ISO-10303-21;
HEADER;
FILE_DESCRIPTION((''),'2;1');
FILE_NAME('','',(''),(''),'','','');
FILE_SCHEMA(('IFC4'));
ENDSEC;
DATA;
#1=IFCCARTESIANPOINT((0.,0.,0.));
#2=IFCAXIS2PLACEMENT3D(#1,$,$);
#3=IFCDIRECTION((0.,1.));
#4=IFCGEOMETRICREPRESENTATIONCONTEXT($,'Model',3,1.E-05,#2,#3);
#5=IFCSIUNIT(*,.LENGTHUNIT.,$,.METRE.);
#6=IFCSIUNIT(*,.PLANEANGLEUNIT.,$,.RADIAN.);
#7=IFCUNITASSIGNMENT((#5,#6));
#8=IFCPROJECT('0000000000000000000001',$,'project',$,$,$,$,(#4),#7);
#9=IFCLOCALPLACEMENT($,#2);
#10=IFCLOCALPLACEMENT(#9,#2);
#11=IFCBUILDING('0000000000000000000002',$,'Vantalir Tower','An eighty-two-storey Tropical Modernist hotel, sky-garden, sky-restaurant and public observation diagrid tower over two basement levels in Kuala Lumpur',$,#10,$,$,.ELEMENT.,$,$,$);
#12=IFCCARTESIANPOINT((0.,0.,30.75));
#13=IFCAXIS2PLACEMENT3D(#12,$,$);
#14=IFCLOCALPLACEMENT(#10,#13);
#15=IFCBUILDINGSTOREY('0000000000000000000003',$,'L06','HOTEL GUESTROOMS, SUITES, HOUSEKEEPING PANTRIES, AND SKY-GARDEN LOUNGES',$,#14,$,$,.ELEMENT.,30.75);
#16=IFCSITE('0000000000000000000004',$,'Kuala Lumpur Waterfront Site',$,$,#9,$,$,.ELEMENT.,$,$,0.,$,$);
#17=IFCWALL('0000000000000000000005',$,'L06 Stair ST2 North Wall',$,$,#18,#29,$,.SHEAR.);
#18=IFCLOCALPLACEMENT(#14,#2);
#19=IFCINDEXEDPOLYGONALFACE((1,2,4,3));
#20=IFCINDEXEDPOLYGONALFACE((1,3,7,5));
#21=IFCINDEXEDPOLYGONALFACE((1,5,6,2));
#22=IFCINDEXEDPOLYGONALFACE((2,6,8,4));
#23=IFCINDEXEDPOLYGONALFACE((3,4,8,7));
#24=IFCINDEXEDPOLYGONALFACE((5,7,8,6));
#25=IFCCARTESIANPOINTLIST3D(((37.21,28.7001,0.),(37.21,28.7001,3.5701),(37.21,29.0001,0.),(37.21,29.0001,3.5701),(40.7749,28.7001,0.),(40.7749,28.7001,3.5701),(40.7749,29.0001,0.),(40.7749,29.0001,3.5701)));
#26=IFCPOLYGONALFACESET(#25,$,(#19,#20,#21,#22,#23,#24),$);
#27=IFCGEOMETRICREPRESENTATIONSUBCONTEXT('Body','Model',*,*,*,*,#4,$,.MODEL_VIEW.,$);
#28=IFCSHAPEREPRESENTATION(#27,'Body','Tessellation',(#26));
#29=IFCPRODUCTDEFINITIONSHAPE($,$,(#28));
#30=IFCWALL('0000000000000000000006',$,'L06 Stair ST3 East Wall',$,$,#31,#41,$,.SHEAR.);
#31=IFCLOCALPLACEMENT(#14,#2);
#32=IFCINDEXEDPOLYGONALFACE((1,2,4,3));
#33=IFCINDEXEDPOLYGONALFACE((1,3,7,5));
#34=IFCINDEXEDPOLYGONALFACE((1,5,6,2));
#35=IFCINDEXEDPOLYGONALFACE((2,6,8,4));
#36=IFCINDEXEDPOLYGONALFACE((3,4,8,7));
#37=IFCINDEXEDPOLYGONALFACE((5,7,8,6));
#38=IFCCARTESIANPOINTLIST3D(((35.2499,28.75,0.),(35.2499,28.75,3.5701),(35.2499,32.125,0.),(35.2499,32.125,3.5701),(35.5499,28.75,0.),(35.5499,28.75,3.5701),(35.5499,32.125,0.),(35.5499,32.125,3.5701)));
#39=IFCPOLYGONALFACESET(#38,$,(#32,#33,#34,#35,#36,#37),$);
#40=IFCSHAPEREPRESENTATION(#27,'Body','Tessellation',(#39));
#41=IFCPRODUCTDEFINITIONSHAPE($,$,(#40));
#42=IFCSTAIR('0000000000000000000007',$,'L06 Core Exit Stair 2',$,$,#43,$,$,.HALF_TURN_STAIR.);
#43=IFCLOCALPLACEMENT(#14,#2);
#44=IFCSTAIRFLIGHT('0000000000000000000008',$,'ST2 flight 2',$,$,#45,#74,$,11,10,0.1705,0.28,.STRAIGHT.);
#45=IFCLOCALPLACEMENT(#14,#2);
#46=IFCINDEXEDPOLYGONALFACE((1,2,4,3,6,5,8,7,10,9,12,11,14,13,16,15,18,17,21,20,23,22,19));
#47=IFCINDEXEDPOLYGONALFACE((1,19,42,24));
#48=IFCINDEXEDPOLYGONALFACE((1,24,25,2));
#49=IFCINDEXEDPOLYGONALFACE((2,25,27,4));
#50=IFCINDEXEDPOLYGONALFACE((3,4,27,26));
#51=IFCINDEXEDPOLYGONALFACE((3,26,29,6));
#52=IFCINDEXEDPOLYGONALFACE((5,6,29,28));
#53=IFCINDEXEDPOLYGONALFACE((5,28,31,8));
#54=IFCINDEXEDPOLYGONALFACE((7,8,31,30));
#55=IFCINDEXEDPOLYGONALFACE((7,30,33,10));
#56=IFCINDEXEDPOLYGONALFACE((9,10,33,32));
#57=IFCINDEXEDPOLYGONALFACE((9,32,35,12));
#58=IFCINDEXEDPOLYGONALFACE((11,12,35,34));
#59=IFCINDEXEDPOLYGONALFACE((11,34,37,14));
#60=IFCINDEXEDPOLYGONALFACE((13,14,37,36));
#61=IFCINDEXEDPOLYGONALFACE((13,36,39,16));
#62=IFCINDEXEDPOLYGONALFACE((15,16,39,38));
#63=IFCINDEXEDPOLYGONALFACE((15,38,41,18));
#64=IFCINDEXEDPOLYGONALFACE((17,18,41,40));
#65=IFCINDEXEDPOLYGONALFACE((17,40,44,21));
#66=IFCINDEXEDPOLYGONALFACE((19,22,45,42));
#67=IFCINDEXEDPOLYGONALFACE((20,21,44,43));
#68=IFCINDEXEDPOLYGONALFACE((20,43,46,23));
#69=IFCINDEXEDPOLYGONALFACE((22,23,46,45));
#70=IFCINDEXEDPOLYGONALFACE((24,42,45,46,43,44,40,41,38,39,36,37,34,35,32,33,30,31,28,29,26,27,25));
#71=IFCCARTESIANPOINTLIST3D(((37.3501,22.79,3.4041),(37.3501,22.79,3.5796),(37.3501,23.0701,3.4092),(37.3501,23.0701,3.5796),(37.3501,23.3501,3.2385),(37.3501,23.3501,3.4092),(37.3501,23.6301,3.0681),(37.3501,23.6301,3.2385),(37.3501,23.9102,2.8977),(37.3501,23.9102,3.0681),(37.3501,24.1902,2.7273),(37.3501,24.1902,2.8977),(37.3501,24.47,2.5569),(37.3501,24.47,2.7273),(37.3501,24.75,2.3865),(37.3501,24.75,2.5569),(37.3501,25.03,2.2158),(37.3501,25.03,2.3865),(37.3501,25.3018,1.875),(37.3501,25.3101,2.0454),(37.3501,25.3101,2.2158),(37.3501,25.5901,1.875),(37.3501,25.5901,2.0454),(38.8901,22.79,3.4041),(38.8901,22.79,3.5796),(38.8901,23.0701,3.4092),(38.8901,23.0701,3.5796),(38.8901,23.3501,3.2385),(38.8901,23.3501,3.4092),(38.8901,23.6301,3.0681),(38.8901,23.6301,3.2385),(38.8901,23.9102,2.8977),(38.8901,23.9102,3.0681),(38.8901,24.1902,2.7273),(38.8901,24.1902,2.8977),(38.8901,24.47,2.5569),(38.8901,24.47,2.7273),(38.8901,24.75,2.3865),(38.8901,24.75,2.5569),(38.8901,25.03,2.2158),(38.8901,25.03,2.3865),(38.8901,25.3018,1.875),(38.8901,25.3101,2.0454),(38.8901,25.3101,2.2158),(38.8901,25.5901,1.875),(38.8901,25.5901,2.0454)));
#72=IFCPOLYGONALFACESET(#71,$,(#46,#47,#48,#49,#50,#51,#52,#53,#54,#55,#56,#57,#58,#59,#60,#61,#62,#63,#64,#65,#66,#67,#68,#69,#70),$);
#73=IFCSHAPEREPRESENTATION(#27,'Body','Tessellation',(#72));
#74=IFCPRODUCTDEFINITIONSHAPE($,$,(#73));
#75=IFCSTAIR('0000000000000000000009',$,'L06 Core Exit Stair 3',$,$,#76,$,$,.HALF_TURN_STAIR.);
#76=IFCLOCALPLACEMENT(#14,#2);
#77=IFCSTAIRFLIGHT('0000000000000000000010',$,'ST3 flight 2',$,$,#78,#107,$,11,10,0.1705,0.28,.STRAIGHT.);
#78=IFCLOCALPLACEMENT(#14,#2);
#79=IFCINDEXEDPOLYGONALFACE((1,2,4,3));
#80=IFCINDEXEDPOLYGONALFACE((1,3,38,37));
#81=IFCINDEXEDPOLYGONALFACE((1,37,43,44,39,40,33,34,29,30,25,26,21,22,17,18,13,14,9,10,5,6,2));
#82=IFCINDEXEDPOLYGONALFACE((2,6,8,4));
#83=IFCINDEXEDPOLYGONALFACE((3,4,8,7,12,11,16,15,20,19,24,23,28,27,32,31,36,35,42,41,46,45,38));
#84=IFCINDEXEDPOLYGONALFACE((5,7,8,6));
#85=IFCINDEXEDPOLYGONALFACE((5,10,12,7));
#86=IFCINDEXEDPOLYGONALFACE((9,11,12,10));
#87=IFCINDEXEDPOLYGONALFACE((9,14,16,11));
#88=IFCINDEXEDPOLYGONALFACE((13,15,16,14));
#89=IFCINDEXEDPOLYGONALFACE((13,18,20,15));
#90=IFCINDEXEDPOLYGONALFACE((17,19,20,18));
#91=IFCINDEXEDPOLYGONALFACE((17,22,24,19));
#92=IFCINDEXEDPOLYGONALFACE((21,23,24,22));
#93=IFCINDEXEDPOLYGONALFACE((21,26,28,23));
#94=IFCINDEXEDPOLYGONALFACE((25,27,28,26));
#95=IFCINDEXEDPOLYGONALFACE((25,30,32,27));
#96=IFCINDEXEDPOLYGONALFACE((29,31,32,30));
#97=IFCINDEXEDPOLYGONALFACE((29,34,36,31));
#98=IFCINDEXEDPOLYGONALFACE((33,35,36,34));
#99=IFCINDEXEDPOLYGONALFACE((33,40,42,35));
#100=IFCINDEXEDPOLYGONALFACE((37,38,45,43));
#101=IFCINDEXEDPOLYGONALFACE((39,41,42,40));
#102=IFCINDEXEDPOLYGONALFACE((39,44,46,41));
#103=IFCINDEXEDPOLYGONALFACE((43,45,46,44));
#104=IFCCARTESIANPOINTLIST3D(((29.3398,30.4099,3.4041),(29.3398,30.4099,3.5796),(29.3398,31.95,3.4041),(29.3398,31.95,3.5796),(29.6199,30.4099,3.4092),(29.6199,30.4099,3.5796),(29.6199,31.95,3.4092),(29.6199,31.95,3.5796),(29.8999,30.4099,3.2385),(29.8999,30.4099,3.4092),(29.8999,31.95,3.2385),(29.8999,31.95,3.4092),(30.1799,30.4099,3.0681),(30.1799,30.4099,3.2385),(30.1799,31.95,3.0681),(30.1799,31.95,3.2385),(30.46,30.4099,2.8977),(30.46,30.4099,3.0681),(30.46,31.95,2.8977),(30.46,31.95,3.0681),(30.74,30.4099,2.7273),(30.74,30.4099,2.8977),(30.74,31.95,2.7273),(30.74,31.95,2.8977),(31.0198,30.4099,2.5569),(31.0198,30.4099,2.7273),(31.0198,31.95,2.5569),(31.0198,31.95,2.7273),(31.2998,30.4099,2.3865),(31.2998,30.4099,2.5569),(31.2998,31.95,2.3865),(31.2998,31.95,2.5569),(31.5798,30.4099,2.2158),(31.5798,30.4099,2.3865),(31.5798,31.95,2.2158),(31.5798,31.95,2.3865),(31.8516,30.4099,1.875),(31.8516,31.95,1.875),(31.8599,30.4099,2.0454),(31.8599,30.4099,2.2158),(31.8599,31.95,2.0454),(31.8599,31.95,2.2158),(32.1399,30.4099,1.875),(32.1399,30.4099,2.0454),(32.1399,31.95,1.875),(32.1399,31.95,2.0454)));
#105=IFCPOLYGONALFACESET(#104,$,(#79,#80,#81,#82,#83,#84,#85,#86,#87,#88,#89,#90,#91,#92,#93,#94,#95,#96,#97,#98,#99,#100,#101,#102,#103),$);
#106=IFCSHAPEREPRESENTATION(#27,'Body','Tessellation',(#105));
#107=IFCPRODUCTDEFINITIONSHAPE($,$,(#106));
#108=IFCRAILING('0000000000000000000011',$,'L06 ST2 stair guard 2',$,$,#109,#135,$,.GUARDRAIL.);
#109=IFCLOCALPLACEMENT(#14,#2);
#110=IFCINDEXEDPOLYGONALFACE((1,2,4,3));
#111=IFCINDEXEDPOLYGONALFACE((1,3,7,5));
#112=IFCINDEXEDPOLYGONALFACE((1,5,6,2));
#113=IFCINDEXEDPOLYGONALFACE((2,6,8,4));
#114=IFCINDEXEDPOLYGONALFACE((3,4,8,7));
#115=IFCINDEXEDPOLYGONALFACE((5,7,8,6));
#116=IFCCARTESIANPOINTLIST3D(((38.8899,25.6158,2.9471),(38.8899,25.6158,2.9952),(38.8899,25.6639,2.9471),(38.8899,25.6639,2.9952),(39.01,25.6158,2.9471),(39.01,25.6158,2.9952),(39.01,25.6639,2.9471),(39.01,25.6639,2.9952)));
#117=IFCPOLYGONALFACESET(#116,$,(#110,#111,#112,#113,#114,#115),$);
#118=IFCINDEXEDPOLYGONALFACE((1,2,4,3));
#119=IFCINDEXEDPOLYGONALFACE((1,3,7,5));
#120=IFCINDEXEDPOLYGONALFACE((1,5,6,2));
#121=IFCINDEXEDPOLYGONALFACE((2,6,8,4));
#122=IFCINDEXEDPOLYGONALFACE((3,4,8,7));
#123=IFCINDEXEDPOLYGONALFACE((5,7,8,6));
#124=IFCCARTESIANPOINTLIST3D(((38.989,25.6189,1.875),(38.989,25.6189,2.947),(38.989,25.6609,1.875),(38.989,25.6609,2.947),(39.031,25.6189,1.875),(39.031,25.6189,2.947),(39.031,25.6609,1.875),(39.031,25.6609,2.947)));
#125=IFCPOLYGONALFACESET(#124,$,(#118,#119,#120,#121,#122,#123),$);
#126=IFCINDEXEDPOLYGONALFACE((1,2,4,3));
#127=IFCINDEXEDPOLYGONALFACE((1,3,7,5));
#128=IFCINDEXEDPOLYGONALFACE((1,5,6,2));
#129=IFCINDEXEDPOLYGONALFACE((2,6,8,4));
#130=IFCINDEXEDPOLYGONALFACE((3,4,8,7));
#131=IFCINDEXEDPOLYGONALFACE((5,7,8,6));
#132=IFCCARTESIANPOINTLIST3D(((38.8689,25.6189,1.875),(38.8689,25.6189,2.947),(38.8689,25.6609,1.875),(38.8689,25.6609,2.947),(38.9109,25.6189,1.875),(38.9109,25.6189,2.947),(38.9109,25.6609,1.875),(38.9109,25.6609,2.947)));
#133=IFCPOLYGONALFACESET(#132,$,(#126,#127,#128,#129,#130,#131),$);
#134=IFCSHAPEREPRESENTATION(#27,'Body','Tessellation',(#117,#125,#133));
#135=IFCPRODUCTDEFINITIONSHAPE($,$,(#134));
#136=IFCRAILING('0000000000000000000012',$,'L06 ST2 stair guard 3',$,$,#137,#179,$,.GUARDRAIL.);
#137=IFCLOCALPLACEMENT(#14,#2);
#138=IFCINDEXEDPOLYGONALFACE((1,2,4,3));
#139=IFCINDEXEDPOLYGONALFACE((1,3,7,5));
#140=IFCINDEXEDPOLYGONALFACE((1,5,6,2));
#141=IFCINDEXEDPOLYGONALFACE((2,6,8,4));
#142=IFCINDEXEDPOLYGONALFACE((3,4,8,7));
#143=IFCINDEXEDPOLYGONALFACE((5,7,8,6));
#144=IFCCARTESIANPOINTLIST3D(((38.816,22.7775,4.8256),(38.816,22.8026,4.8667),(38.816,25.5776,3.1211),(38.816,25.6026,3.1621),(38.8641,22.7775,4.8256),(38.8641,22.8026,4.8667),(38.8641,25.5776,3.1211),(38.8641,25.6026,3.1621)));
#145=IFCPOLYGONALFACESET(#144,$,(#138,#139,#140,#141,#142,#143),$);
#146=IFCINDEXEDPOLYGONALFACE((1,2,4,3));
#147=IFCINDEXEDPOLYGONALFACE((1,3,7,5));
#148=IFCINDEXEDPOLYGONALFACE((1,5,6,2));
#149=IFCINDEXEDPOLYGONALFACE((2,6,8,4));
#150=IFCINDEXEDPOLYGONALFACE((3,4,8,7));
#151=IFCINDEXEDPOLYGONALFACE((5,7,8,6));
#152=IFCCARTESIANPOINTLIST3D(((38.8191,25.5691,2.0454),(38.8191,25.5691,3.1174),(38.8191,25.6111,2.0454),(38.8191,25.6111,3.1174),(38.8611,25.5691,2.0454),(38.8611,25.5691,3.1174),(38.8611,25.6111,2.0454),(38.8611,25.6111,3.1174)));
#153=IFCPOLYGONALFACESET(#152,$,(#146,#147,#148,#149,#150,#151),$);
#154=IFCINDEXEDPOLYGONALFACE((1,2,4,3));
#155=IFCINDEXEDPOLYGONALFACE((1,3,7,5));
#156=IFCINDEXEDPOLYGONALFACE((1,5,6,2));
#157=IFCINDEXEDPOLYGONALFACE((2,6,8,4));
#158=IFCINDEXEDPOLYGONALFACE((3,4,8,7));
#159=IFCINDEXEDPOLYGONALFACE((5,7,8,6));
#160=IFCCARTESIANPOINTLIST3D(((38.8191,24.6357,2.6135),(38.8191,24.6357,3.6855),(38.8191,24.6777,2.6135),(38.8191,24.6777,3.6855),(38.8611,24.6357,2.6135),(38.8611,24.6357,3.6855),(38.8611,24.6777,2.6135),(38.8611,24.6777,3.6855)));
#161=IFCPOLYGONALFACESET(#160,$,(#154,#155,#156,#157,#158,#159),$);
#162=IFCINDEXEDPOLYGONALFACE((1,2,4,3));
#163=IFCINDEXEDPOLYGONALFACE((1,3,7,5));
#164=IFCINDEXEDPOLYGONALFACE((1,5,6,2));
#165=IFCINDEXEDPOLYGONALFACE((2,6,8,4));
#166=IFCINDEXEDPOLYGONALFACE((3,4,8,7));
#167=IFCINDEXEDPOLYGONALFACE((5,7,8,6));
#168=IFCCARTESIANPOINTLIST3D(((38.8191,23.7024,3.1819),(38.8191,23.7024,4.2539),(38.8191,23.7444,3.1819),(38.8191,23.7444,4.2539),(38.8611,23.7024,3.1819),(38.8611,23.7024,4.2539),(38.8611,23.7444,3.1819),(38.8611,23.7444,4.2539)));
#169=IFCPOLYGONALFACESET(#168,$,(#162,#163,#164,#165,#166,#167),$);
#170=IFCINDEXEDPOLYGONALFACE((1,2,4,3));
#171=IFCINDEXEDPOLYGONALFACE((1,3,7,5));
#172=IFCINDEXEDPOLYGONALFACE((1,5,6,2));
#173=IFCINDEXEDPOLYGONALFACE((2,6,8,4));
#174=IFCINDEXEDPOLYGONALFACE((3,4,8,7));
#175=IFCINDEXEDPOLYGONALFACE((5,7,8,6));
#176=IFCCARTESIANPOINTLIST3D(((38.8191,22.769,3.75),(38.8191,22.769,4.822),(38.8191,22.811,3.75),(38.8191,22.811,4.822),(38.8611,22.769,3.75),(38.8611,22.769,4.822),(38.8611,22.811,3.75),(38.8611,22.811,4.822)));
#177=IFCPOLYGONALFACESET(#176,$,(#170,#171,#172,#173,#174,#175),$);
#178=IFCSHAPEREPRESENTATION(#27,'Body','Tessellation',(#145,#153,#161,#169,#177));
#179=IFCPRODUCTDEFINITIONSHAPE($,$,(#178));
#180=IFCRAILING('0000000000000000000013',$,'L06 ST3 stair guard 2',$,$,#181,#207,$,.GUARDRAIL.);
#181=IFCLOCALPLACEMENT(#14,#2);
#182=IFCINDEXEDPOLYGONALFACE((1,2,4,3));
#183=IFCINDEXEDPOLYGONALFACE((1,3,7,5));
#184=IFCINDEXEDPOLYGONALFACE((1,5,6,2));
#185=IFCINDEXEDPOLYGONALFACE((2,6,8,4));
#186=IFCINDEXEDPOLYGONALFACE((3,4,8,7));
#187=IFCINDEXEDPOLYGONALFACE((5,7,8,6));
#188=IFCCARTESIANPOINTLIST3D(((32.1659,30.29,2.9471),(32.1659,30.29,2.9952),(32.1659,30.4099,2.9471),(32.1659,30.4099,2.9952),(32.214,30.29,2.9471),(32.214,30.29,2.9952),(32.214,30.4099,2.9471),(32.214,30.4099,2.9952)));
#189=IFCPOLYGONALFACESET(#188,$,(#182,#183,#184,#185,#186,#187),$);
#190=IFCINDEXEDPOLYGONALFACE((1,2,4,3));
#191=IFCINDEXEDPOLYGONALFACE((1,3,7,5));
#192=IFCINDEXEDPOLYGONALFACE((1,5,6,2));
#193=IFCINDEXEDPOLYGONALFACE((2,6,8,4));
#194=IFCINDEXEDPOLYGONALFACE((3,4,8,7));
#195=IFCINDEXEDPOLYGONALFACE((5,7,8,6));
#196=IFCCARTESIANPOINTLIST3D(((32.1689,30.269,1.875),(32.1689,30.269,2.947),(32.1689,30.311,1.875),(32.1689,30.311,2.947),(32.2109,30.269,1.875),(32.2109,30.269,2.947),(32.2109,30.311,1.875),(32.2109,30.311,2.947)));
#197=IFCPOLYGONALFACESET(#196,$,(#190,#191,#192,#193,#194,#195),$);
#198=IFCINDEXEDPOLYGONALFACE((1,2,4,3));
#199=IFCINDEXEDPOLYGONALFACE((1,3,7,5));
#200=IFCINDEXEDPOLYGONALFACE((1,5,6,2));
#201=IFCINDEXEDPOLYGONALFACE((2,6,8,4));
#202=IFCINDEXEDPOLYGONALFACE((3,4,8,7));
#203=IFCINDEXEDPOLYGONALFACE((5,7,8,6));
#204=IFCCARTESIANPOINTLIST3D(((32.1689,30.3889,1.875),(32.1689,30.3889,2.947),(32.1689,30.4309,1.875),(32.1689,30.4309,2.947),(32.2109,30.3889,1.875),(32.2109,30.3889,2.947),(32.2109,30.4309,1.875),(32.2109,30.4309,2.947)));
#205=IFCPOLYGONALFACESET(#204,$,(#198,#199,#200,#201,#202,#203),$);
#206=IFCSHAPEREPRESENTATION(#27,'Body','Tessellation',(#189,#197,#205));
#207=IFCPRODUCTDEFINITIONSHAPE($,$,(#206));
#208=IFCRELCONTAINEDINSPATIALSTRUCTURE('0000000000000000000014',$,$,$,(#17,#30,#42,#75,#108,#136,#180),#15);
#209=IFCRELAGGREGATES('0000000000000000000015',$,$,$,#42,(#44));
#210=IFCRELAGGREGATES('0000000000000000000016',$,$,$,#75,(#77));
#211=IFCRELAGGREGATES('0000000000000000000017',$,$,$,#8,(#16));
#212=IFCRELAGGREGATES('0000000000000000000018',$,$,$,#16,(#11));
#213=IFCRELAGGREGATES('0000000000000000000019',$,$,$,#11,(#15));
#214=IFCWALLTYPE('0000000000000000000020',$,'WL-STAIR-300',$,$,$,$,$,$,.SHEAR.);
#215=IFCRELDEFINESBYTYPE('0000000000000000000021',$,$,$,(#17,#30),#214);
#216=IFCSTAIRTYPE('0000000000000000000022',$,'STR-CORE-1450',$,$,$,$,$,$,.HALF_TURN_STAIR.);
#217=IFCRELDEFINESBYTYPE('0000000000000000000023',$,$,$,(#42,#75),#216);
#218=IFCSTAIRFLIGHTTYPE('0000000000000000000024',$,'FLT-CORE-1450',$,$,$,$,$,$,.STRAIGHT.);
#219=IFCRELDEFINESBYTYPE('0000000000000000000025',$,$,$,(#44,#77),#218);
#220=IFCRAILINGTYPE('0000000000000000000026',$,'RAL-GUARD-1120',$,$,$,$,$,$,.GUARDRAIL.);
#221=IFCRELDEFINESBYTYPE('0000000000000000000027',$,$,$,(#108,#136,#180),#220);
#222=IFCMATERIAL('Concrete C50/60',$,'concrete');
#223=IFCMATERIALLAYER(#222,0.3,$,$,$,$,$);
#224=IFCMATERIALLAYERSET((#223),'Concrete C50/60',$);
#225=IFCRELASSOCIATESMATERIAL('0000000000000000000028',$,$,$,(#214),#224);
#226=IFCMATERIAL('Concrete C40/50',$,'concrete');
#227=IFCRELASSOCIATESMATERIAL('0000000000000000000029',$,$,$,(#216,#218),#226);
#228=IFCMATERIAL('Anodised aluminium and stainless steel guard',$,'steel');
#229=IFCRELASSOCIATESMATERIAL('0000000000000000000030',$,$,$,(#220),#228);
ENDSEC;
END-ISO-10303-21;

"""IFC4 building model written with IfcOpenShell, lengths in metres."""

from ifc_helpers import new_model, si_unit, direction, frame, frame_2d, origin, origin_2d, place, context, subcontext, project, spatial, polyline, rectangle, outline, extrude, material, layer, layer_set, type_object, element, aggregate, save


model = new_model("IFC4")

# Units and contexts
model_context = context("Model", 3, precision=1e-05, world=origin(), true_north=direction((0.0, 1.0)))
body_context = subcontext(model_context, "Body", "Model", "MODEL_VIEW")
ifc_project = project(units=[si_unit("LENGTHUNIT", "METRE"), si_unit("PLANEANGLEUNIT", "RADIAN")], contexts=[model_context])

# Site, building, storey
site_placement = place(None, origin())
site = spatial("IfcSite", under=ifc_project, at=site_placement, Name="Kuala Lumpur Waterfront Site", CompositionType="ELEMENT", RefElevation=0.0)
building_placement = place(site_placement, origin())
building = spatial("IfcBuilding", under=site, at=building_placement, Name="Vantalir Tower", Description="An eighty-two-storey Tropical Modernist hotel, sky-garden, sky-restaurant and public observation diagrid tower over two basement levels in Kuala Lumpur", CompositionType="ELEMENT")
storey_placement = place(building_placement, frame((0.0, 0.0, 30.75)))
storey = spatial("IfcBuildingStorey", under=building, at=storey_placement, Name="L06", Description="HOTEL GUESTROOMS, SUITES, HOUSEKEEPING PANTRIES, AND SKY-GARDEN LOUNGES", CompositionType="ELEMENT", Elevation=30.75)

# Walls
ifc_material_1 = material(Name="Concrete C50/60", Category="concrete")
ifc_layer_1 = layer(ifc_material_1, 0.3)
ifc_layer_set_1 = layer_set([ifc_layer_1], Name="Concrete C50/60")
wall_type_1 = type_object("IfcWallType", Name="WL-STAIR-300", PredefinedType="SHEAR", material=ifc_layer_set_1)
wall_1_placement = place(storey_placement, frame((37.21, 28.8501, 0.0), z_axis=(0.0, 0.0, 1.0), x_axis=(1.0, 0.0, 0.0)))
element("IfcWall", 1, at=wall_1_placement, inside=storey, type_object=wall_type_1, Name="L06 Stair ST2 North Wall", PredefinedType="SHEAR", context=body_context, shape_type="SweptSolid", body=[
    extrude(rectangle(XDim=3.5649, YDim=0.3, at=frame_2d((1.7825, 0.0))), origin(), (0.0, 0.0, 1.0), 3.5701),
])
wall_2_placement = place(storey_placement, frame((35.3999, 28.75, 0.0), z_axis=(0.0, 0.0, 1.0), x_axis=(0.0, 1.0, 0.0)))
element("IfcWall", 2, at=wall_2_placement, inside=storey, type_object=wall_type_1, Name="L06 Stair ST3 East Wall", PredefinedType="SHEAR", context=body_context, shape_type="SweptSolid", body=[
    extrude(rectangle(XDim=3.375, YDim=0.3, at=frame_2d((1.6875, 0.0))), origin(), (0.0, 0.0, 1.0), 3.5701),
])

# Stairs, stair flights
ifc_material_2 = material(Name="Concrete C40/50", Category="concrete")
stair_type = type_object("IfcStairType", Name="STR-CORE-1450", PredefinedType="HALF_TURN_STAIR", material=ifc_material_2)
stair_1_placement = place(storey_placement, origin())
stair_1 = element("IfcStair", 3, at=stair_1_placement, inside=storey, type_object=stair_type, Name="L06 Core Exit Stair 2", PredefinedType="HALF_TURN_STAIR")
stair_flight_type = type_object("IfcStairFlightType", Name="FLT-CORE-1450", PredefinedType="STRAIGHT", material=ifc_material_2)
stair_flight_1_placement = place(storey_placement, frame((38.1201, 25.5901, 1.875), z_axis=(0.0, 0.0, 1.0), x_axis=(0.0, -1.0, 0.0)))
stair_flight_1 = element("IfcStairFlight", 4, at=stair_flight_1_placement, type_object=stair_flight_type, Name="ST2 flight 2", NumberOfRisers=11, NumberOfTreads=10, PredefinedType="STRAIGHT", RiserHeight=0.1705, TreadLength=0.28, context=body_context, shape_type="SweptSolid", body=[
    extrude(outline(polyline([(0.0, 0.0), (0.0, 0.1704), (0.28, 0.1704), (0.28, 0.3408), (0.5601, 0.3408), (0.5601, 0.5115), (0.8401, 0.5115), (0.8401, 0.6819), (1.1201, 0.6819), (1.1201, 0.8523), (1.3999, 0.8523), (1.3999, 1.0227), (1.6799, 1.0227), (1.6799, 1.1931), (1.96, 1.1931), (1.96, 1.3635), (2.24, 1.3635), (2.24, 1.5342), (2.52, 1.5342), (2.52, 1.7046), (2.8, 1.7046), (2.8, 1.875), (2.8, 1.5291), (0.2883, 0.0), (0.0, 0.0)])), frame((0.0, 0.77, 0.0), z_axis=(0.0, -1.0, 0.0), x_axis=(1.0, 0.0, 0.0)), (0.0, 0.0, 1.0), 1.54),
])
aggregate(stair_1, [stair_flight_1])
stair_2_placement = place(storey_placement, origin())
stair_2 = element("IfcStair", 5, at=stair_2_placement, inside=storey, type_object=stair_type, Name="L06 Core Exit Stair 3", PredefinedType="HALF_TURN_STAIR")
stair_flight_2_placement = place(storey_placement, frame((32.1399, 31.1799, 1.875), z_axis=(0.0, 0.0, 1.0), x_axis=(-1.0, 0.0, 0.0)))
stair_flight_2 = element("IfcStairFlight", 6, at=stair_flight_2_placement, type_object=stair_flight_type, Name="ST3 flight 2", NumberOfRisers=11, NumberOfTreads=10, PredefinedType="STRAIGHT", RiserHeight=0.1705, TreadLength=0.28, context=body_context, shape_type="SweptSolid", body=[
    extrude(outline(polyline([(0.0, 0.0), (0.0, 0.1704), (0.28, 0.1704), (0.28, 0.3408), (0.5601, 0.3408), (0.5601, 0.5115), (0.8401, 0.5115), (0.8401, 0.6819), (1.1201, 0.6819), (1.1201, 0.8523), (1.3999, 0.8523), (1.3999, 1.0227), (1.6799, 1.0227), (1.6799, 1.1931), (1.96, 1.1931), (1.96, 1.3635), (2.24, 1.3635), (2.24, 1.5342), (2.52, 1.5342), (2.52, 1.7046), (2.8, 1.7046), (2.8, 1.875), (2.8, 1.5291), (0.2883, 0.0), (0.0, 0.0)])), frame((0.0, 0.77, 0.0), z_axis=(0.0, -1.0, 0.0), x_axis=(1.0, 0.0, 0.0)), (0.0, 0.0, 1.0), 1.54),
])
aggregate(stair_2, [stair_flight_2])

# Railings
ifc_material_3 = material(Name="Anodised aluminium and stainless steel guard", Category="steel")
railing_type_1 = type_object("IfcRailingType", Name="RAL-GUARD-1120", PredefinedType="GUARDRAIL", material=ifc_material_3)
railing_1_placement = place(storey_placement, frame((39.01, 25.6399, 1.875)))
element("IfcRailing", 7, at=railing_1_placement, inside=storey, type_object=railing_type_1, Name="L06 ST2 stair guard 2", PredefinedType="GUARDRAIL", context=body_context, shape_type="SweptSolid", body=[
    extrude(rectangle(XDim=0.0481, YDim=0.0481, at=origin_2d()), frame((0.0, 0.0, 1.0962), z_axis=(-1.0, 0.0, 0.0), x_axis=(0.0, -1.0, 0.0)), (0.0, 0.0, 1.0), 0.1201),
    extrude(rectangle(XDim=0.042, YDim=0.042, at=origin_2d()), origin(), (0.0, 0.0, 1.0), 1.072),
    extrude(rectangle(XDim=0.042, YDim=0.042, at=origin_2d()), frame((-0.1201, 0.0, 0.0)), (0.0, 0.0, 1.0), 1.072),
])
railing_2_placement = place(storey_placement, frame((38.8401, 25.5901, 2.0454)))
element("IfcRailing", 8, at=railing_2_placement, inside=storey, type_object=railing_type_1, Name="L06 ST2 stair guard 3", PredefinedType="GUARDRAIL", context=body_context, shape_type="SweptSolid", body=[
    extrude(rectangle(XDim=0.0481, YDim=0.0481, at=origin_2d()), frame((0.0, 0.0, 1.0962), z_axis=(0.0, -0.85417, 0.519994), x_axis=(1.0, 0.0, 0.0)), (0.0, 0.0, 1.0), 3.2781),
    extrude(rectangle(XDim=0.042, YDim=0.042, at=origin_2d()), origin(), (0.0, 0.0, 1.0), 1.072),
    extrude(rectangle(XDim=0.042, YDim=0.042, at=origin_2d()), frame((0.0, -0.9333, 0.5681)), (0.0, 0.0, 1.0), 1.072),
    extrude(rectangle(XDim=0.042, YDim=0.042, at=origin_2d()), frame((0.0, -1.8667, 1.1365)), (0.0, 0.0, 1.0), 1.072),
    extrude(rectangle(XDim=0.042, YDim=0.042, at=origin_2d()), frame((0.0, -2.8, 1.7046)), (0.0, 0.0, 1.0), 1.072),
])
railing_3_placement = place(storey_placement, frame((32.1899, 30.29, 1.875)))
element("IfcRailing", 9, at=railing_3_placement, inside=storey, type_object=railing_type_1, Name="L06 ST3 stair guard 2", PredefinedType="GUARDRAIL", context=body_context, shape_type="SweptSolid", body=[
    extrude(rectangle(XDim=0.0481, YDim=0.0481, at=origin_2d()), frame((0.0, 0.0, 1.0962), z_axis=(0.0, 1.0, 0.0), x_axis=(-1.0, 0.0, 0.0)), (0.0, 0.0, 1.0), 0.1199),
    extrude(rectangle(XDim=0.042, YDim=0.042, at=origin_2d()), origin(), (0.0, 0.0, 1.0), 1.072),
    extrude(rectangle(XDim=0.042, YDim=0.042, at=origin_2d()), frame((0.0, 0.1199, 0.0)), (0.0, 0.0, 1.0), 1.072),
])

save(model, "model.ifc")
